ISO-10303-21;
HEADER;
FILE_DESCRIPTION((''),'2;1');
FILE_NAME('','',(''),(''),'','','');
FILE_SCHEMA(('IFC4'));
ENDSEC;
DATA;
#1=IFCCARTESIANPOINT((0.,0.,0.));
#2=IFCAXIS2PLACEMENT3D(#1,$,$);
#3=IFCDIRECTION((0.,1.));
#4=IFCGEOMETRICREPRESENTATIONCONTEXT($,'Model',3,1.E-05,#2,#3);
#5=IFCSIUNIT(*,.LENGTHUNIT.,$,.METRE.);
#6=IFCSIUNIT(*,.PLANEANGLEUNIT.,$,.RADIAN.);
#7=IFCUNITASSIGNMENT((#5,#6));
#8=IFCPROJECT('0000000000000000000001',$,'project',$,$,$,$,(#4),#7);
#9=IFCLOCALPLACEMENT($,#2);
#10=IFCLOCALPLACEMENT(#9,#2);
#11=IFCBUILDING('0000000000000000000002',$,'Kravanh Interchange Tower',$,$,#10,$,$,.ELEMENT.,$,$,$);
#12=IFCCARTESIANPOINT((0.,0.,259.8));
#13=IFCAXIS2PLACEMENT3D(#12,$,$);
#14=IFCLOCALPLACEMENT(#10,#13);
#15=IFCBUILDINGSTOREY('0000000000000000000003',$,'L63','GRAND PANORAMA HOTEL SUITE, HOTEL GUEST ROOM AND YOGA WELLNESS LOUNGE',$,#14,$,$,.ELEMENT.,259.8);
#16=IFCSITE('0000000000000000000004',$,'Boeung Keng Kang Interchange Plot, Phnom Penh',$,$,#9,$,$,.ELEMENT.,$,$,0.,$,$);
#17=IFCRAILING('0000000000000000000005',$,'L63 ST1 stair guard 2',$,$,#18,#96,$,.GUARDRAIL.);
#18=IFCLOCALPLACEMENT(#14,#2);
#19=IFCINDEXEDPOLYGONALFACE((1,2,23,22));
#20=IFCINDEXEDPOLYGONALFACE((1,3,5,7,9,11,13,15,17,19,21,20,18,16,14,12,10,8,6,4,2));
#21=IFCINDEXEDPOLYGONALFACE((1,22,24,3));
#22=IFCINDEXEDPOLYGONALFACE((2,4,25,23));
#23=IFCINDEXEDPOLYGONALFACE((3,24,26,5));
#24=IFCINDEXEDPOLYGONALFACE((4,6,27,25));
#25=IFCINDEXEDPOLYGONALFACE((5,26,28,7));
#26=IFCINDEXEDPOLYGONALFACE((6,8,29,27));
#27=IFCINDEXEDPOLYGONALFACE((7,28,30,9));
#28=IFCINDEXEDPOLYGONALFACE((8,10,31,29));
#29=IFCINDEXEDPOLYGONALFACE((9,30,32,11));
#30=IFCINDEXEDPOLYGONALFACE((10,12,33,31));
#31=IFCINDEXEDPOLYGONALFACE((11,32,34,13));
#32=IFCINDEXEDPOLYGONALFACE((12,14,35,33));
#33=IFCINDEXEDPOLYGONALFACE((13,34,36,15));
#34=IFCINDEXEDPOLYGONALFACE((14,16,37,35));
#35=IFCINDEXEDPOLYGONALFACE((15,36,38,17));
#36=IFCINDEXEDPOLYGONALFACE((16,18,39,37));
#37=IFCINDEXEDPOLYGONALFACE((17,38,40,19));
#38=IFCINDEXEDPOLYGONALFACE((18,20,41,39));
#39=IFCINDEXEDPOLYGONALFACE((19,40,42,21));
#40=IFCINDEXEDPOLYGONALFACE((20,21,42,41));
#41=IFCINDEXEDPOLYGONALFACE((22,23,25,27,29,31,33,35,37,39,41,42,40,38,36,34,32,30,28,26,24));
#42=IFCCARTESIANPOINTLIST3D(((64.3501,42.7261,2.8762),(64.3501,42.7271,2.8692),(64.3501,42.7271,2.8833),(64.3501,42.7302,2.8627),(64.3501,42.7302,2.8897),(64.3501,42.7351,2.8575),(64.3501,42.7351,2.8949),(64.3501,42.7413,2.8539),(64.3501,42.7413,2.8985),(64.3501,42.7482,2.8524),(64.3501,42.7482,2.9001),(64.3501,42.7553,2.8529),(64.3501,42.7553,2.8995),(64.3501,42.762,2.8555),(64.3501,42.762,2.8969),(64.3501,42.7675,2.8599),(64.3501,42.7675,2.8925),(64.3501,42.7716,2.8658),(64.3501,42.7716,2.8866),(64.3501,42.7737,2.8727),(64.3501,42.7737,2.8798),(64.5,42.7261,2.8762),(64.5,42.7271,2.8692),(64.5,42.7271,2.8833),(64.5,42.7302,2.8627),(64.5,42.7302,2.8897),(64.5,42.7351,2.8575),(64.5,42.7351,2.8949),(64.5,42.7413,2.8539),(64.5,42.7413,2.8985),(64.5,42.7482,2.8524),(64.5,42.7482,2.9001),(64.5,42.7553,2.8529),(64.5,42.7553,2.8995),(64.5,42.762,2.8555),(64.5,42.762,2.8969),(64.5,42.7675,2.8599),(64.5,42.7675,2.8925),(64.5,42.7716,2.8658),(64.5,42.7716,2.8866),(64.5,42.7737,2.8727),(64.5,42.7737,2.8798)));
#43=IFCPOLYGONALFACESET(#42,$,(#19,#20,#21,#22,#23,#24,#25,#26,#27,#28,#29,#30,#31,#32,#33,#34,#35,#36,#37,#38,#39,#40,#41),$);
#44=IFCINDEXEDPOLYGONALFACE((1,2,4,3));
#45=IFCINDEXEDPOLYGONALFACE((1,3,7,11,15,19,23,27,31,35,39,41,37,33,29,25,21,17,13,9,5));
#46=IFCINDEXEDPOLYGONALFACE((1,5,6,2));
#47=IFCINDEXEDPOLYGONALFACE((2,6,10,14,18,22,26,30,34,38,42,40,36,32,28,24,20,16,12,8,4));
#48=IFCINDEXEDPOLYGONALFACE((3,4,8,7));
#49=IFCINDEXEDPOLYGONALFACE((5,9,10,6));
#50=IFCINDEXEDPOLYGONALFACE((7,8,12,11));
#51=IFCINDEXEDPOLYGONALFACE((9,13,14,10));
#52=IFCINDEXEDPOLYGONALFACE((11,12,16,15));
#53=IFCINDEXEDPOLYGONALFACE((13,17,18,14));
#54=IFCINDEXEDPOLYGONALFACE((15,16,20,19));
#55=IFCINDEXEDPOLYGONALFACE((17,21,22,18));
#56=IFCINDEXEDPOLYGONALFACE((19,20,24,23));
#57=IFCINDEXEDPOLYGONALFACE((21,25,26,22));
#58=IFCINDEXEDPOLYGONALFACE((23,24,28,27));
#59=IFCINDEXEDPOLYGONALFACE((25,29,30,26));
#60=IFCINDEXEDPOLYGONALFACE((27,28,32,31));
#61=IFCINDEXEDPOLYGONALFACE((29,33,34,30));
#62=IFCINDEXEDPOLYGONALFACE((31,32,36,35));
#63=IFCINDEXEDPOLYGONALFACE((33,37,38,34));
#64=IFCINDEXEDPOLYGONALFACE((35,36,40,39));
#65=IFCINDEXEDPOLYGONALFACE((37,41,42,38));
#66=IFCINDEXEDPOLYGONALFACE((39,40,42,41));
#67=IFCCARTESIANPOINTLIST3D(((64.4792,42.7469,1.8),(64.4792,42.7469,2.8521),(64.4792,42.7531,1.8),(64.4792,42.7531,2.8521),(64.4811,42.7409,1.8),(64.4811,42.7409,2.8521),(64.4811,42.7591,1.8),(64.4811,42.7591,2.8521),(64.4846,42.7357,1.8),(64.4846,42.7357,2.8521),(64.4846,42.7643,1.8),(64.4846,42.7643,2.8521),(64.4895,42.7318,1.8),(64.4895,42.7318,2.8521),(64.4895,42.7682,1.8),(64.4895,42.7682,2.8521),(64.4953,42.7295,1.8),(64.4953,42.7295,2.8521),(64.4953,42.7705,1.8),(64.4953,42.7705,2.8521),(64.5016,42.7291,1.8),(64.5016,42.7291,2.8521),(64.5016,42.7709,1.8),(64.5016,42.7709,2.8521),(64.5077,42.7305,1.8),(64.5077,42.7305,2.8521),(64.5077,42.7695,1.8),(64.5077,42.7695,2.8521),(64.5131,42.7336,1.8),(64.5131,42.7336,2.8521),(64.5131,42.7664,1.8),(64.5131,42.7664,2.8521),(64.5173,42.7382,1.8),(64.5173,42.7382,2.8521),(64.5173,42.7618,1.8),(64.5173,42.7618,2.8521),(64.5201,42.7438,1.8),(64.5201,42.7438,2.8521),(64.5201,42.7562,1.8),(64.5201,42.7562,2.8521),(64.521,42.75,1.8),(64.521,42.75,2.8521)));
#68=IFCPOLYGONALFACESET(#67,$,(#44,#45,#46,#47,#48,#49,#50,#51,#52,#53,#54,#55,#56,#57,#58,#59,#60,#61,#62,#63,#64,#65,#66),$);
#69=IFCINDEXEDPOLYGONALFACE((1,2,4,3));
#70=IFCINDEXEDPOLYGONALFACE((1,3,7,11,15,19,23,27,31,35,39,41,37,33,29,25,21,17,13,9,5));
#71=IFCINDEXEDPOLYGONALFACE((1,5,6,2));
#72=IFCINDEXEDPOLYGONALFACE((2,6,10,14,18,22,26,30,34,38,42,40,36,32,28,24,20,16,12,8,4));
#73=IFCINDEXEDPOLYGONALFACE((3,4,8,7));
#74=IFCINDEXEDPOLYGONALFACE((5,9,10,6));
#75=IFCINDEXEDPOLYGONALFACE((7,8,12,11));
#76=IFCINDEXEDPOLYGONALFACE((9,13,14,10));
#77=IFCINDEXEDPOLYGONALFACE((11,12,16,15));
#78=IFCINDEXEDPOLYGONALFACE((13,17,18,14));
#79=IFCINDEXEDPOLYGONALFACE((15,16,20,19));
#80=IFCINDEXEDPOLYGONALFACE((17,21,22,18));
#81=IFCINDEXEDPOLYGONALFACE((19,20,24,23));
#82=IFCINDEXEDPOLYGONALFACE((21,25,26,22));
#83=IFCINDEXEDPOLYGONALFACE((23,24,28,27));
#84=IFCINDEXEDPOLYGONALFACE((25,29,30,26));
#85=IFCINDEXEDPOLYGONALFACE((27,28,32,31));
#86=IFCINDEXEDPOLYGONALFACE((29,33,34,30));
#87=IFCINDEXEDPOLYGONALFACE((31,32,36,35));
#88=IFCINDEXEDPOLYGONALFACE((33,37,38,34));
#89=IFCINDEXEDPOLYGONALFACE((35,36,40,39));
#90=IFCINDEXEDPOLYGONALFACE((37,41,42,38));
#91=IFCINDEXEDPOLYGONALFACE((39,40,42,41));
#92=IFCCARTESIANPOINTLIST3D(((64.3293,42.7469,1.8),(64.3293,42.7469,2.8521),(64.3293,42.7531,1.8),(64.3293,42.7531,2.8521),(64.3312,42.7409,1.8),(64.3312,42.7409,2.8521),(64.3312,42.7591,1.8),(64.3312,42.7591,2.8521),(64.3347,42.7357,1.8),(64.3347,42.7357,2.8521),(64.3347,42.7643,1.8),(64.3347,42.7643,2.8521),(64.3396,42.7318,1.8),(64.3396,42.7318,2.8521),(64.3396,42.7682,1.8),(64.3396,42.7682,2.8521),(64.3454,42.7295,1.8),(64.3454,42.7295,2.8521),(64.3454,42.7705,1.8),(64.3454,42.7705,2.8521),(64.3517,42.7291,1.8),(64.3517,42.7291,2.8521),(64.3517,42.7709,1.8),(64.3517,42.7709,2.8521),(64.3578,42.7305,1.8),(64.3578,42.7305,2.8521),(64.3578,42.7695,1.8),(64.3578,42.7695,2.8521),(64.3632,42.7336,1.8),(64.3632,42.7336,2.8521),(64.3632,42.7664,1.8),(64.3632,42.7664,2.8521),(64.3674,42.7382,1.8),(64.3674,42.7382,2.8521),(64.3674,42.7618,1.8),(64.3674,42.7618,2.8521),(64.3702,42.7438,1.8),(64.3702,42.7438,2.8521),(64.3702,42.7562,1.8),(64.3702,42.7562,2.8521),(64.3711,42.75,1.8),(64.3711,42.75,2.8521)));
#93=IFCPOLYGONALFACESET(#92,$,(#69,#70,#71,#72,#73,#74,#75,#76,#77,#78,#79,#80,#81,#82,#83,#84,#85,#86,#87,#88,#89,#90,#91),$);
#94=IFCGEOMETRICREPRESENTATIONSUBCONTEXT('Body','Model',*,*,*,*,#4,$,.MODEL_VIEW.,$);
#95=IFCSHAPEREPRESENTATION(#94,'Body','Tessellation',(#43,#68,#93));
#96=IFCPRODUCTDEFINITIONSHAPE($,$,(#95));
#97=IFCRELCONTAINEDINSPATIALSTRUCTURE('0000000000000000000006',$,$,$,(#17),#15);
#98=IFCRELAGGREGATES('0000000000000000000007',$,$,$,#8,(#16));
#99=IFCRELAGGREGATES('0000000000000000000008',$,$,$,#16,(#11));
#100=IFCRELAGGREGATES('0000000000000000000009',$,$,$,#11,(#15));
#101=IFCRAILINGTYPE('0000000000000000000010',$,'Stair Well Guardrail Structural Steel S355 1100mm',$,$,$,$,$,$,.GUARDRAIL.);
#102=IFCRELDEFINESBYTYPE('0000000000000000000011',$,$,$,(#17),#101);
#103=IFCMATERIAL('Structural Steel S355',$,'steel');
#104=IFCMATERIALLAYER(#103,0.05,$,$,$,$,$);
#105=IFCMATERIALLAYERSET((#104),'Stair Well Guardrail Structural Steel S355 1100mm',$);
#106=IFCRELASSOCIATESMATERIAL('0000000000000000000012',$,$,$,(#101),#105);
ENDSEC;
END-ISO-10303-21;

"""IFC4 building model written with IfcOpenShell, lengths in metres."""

from ifc_helpers import new_model, si_unit, direction, frame, origin, origin_2d, place, context, subcontext, project, spatial, circle, extrude, material, layer, layer_set, type_object, element, save


model = new_model("IFC4")

# Units and contexts
model_context = context("Model", 3, precision=1e-05, world=origin(), true_north=direction((0.0, 1.0)))
body_context = subcontext(model_context, "Body", "Model", "MODEL_VIEW")
ifc_project = project(units=[si_unit("LENGTHUNIT", "METRE"), si_unit("PLANEANGLEUNIT", "RADIAN")], contexts=[model_context])

# Site, building, storey
site_placement = place(None, origin())
site = spatial("IfcSite", under=ifc_project, at=site_placement, Name="Boeung Keng Kang Interchange Plot, Phnom Penh", CompositionType="ELEMENT", RefElevation=0.0)
building_placement = place(site_placement, origin())
building = spatial("IfcBuilding", under=site, at=building_placement, Name="Kravanh Interchange Tower", CompositionType="ELEMENT")
storey_placement = place(building_placement, frame((0.0, 0.0, 259.8)))
storey = spatial("IfcBuildingStorey", under=building, at=storey_placement, Name="L63", Description="GRAND PANORAMA HOTEL SUITE, HOTEL GUEST ROOM AND YOGA WELLNESS LOUNGE", CompositionType="ELEMENT", Elevation=259.8)

# Railing
ifc_material_1 = material(Name="Structural Steel S355", Category="steel")
ifc_layer_1 = layer(ifc_material_1, 0.05)
ifc_layer_set_1 = layer_set([ifc_layer_1], Name="Stair Well Guardrail Structural Steel S355 1100mm")
railing_type_1 = type_object("IfcRailingType", Name="Stair Well Guardrail Structural Steel S355 1100mm", PredefinedType="GUARDRAIL", material=ifc_layer_set_1)
railing_1_placement = place(storey_placement, frame((64.5, 42.75, 1.8)))
element("IfcRailing", 1, at=railing_1_placement, inside=storey, type_object=railing_type_1, Name="L63 ST1 stair guard 2", PredefinedType="GUARDRAIL", context=body_context, shape_type="SweptSolid", body=[
    extrude(circle(Radius=0.0239, at=origin_2d()), frame((0.0, 0.0, 1.0762), z_axis=(-1.0, 0.0, 0.0), x_axis=(0.0, -1.0, 0.0)), (0.0, 0.0, 1.0), 0.1499),
    extrude(circle(Radius=0.021, at=origin_2d()), origin(), (0.0, 0.0, 1.0), 1.052),
    extrude(circle(Radius=0.021, at=origin_2d()), frame((-0.1499, 0.0, 0.0)), (0.0, 0.0, 1.0), 1.052),
])

save(model, "model.ifc")
